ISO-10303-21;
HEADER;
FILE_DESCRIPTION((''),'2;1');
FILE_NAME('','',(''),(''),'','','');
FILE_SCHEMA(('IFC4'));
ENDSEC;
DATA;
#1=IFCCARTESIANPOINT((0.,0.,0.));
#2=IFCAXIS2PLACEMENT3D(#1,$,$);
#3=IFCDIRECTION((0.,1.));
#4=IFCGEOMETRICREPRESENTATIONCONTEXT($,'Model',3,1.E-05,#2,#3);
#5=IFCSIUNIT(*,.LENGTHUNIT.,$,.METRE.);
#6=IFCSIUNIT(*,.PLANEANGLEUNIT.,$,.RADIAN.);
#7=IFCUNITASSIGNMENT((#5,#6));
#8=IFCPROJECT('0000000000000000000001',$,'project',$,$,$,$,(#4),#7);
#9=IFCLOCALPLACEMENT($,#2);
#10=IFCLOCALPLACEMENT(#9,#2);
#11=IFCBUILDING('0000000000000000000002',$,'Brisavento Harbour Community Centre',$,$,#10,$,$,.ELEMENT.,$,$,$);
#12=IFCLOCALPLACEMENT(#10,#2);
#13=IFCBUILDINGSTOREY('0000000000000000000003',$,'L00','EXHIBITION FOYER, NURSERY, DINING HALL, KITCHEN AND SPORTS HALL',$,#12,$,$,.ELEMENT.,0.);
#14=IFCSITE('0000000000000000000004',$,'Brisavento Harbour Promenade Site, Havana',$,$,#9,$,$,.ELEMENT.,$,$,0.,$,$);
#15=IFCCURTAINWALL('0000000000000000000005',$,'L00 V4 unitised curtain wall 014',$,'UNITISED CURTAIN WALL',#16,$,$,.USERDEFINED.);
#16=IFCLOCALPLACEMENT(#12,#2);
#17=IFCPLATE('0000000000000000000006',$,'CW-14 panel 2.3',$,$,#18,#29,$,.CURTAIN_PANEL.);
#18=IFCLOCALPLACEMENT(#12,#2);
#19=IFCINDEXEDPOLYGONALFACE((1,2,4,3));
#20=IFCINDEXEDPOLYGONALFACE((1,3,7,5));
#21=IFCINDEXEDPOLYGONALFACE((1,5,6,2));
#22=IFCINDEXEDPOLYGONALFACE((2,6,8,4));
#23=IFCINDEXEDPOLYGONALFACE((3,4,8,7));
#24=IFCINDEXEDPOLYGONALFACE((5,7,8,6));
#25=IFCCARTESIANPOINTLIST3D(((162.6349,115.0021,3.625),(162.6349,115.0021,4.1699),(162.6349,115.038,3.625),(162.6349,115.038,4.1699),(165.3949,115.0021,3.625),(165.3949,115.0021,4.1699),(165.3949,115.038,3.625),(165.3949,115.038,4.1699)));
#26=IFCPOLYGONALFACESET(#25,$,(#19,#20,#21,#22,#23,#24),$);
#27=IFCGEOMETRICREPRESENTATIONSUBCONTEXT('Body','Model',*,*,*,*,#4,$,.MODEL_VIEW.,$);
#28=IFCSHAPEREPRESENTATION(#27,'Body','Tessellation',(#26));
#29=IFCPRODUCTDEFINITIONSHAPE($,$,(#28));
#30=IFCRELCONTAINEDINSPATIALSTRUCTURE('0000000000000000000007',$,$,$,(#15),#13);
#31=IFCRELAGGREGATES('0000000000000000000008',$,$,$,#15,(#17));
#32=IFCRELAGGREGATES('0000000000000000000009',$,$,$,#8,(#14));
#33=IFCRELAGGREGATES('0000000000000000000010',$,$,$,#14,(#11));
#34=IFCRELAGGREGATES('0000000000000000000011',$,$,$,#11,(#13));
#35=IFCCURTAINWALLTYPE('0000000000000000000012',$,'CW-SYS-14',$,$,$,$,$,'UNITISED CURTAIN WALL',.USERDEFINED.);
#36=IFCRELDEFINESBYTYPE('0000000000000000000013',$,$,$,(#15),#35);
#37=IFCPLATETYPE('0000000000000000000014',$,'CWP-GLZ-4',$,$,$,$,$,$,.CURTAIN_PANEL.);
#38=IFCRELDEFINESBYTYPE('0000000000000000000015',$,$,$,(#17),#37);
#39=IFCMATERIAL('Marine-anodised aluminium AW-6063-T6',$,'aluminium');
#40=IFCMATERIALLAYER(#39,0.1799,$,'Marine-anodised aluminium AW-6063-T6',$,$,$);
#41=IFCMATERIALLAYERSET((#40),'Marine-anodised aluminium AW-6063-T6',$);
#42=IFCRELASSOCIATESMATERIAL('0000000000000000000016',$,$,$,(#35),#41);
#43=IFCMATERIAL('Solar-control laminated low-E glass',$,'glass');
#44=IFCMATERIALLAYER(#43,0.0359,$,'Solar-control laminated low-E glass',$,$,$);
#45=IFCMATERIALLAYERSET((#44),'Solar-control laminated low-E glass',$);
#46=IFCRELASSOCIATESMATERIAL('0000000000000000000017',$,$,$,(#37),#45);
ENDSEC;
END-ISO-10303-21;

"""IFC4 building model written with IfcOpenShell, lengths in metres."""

from ifc_helpers import new_model, si_unit, direction, frame, origin, origin_2d, place, context, subcontext, project, spatial, rectangle, extrude, material, layer, layer_set, type_object, element, aggregate, save


model = new_model("IFC4")

# Units and contexts
model_context = context("Model", 3, precision=1e-05, world=origin(), true_north=direction((0.0, 1.0)))
body_context = subcontext(model_context, "Body", "Model", "MODEL_VIEW")
ifc_project = project(units=[si_unit("LENGTHUNIT", "METRE"), si_unit("PLANEANGLEUNIT", "RADIAN")], contexts=[model_context])

# Site, building, storey
site_placement = place(None, origin())
site = spatial("IfcSite", under=ifc_project, at=site_placement, Name="Brisavento Harbour Promenade Site, Havana", CompositionType="ELEMENT", RefElevation=0.0)
building_placement = place(site_placement, origin())
building = spatial("IfcBuilding", under=site, at=building_placement, Name="Brisavento Harbour Community Centre", CompositionType="ELEMENT")
storey_placement = place(building_placement, origin())
storey = spatial("IfcBuildingStorey", under=building, at=storey_placement, Name="L00", Description="EXHIBITION FOYER, NURSERY, DINING HALL, KITCHEN AND SPORTS HALL", CompositionType="ELEMENT", Elevation=0.0)

# Curtain wall
ifc_material_1 = material(Name="Marine-anodised aluminium AW-6063-T6", Category="aluminium")
ifc_layer_1 = layer(ifc_material_1, 0.1799, Name="Marine-anodised aluminium AW-6063-T6")
ifc_layer_set_1 = layer_set([ifc_layer_1], Name="Marine-anodised aluminium AW-6063-T6")
curtain_wall_type_1 = type_object("IfcCurtainWallType", Name="CW-SYS-14", ElementType="UNITISED CURTAIN WALL", PredefinedType="USERDEFINED", material=ifc_layer_set_1)
curtain_wall_1_placement = place(storey_placement, origin())
curtain_wall_1 = element("IfcCurtainWall", 1, at=curtain_wall_1_placement, inside=storey, type_object=curtain_wall_type_1, Name="L00 V4 unitised curtain wall 014", ObjectType="UNITISED CURTAIN WALL", PredefinedType="USERDEFINED")

# Plate
ifc_material_2 = material(Name="Solar-control laminated low-E glass", Category="glass")
ifc_layer_2 = layer(ifc_material_2, 0.0359, Name="Solar-control laminated low-E glass")
ifc_layer_set_2 = layer_set([ifc_layer_2], Name="Solar-control laminated low-E glass")
plate_type = type_object("IfcPlateType", Name="CWP-GLZ-4", PredefinedType="CURTAIN_PANEL", material=ifc_layer_set_2)
plate_1_placement = place(storey_placement, frame((164.0149, 115.02, 3.625), z_axis=(0.0, 0.0, 1.0), x_axis=(1.0, 0.0, 0.0)))
plate_1 = element("IfcPlate", 2, at=plate_1_placement, type_object=plate_type, Name="CW-14 panel 2.3", PredefinedType="CURTAIN_PANEL", context=body_context, shape_type="SweptSolid", body=[
    extrude(rectangle(XDim=2.76, YDim=0.0359, at=origin_2d()), origin(), (0.0, 0.0, 1.0), 0.5449),
])
aggregate(curtain_wall_1, [plate_1])

save(model, "model.ifc")
